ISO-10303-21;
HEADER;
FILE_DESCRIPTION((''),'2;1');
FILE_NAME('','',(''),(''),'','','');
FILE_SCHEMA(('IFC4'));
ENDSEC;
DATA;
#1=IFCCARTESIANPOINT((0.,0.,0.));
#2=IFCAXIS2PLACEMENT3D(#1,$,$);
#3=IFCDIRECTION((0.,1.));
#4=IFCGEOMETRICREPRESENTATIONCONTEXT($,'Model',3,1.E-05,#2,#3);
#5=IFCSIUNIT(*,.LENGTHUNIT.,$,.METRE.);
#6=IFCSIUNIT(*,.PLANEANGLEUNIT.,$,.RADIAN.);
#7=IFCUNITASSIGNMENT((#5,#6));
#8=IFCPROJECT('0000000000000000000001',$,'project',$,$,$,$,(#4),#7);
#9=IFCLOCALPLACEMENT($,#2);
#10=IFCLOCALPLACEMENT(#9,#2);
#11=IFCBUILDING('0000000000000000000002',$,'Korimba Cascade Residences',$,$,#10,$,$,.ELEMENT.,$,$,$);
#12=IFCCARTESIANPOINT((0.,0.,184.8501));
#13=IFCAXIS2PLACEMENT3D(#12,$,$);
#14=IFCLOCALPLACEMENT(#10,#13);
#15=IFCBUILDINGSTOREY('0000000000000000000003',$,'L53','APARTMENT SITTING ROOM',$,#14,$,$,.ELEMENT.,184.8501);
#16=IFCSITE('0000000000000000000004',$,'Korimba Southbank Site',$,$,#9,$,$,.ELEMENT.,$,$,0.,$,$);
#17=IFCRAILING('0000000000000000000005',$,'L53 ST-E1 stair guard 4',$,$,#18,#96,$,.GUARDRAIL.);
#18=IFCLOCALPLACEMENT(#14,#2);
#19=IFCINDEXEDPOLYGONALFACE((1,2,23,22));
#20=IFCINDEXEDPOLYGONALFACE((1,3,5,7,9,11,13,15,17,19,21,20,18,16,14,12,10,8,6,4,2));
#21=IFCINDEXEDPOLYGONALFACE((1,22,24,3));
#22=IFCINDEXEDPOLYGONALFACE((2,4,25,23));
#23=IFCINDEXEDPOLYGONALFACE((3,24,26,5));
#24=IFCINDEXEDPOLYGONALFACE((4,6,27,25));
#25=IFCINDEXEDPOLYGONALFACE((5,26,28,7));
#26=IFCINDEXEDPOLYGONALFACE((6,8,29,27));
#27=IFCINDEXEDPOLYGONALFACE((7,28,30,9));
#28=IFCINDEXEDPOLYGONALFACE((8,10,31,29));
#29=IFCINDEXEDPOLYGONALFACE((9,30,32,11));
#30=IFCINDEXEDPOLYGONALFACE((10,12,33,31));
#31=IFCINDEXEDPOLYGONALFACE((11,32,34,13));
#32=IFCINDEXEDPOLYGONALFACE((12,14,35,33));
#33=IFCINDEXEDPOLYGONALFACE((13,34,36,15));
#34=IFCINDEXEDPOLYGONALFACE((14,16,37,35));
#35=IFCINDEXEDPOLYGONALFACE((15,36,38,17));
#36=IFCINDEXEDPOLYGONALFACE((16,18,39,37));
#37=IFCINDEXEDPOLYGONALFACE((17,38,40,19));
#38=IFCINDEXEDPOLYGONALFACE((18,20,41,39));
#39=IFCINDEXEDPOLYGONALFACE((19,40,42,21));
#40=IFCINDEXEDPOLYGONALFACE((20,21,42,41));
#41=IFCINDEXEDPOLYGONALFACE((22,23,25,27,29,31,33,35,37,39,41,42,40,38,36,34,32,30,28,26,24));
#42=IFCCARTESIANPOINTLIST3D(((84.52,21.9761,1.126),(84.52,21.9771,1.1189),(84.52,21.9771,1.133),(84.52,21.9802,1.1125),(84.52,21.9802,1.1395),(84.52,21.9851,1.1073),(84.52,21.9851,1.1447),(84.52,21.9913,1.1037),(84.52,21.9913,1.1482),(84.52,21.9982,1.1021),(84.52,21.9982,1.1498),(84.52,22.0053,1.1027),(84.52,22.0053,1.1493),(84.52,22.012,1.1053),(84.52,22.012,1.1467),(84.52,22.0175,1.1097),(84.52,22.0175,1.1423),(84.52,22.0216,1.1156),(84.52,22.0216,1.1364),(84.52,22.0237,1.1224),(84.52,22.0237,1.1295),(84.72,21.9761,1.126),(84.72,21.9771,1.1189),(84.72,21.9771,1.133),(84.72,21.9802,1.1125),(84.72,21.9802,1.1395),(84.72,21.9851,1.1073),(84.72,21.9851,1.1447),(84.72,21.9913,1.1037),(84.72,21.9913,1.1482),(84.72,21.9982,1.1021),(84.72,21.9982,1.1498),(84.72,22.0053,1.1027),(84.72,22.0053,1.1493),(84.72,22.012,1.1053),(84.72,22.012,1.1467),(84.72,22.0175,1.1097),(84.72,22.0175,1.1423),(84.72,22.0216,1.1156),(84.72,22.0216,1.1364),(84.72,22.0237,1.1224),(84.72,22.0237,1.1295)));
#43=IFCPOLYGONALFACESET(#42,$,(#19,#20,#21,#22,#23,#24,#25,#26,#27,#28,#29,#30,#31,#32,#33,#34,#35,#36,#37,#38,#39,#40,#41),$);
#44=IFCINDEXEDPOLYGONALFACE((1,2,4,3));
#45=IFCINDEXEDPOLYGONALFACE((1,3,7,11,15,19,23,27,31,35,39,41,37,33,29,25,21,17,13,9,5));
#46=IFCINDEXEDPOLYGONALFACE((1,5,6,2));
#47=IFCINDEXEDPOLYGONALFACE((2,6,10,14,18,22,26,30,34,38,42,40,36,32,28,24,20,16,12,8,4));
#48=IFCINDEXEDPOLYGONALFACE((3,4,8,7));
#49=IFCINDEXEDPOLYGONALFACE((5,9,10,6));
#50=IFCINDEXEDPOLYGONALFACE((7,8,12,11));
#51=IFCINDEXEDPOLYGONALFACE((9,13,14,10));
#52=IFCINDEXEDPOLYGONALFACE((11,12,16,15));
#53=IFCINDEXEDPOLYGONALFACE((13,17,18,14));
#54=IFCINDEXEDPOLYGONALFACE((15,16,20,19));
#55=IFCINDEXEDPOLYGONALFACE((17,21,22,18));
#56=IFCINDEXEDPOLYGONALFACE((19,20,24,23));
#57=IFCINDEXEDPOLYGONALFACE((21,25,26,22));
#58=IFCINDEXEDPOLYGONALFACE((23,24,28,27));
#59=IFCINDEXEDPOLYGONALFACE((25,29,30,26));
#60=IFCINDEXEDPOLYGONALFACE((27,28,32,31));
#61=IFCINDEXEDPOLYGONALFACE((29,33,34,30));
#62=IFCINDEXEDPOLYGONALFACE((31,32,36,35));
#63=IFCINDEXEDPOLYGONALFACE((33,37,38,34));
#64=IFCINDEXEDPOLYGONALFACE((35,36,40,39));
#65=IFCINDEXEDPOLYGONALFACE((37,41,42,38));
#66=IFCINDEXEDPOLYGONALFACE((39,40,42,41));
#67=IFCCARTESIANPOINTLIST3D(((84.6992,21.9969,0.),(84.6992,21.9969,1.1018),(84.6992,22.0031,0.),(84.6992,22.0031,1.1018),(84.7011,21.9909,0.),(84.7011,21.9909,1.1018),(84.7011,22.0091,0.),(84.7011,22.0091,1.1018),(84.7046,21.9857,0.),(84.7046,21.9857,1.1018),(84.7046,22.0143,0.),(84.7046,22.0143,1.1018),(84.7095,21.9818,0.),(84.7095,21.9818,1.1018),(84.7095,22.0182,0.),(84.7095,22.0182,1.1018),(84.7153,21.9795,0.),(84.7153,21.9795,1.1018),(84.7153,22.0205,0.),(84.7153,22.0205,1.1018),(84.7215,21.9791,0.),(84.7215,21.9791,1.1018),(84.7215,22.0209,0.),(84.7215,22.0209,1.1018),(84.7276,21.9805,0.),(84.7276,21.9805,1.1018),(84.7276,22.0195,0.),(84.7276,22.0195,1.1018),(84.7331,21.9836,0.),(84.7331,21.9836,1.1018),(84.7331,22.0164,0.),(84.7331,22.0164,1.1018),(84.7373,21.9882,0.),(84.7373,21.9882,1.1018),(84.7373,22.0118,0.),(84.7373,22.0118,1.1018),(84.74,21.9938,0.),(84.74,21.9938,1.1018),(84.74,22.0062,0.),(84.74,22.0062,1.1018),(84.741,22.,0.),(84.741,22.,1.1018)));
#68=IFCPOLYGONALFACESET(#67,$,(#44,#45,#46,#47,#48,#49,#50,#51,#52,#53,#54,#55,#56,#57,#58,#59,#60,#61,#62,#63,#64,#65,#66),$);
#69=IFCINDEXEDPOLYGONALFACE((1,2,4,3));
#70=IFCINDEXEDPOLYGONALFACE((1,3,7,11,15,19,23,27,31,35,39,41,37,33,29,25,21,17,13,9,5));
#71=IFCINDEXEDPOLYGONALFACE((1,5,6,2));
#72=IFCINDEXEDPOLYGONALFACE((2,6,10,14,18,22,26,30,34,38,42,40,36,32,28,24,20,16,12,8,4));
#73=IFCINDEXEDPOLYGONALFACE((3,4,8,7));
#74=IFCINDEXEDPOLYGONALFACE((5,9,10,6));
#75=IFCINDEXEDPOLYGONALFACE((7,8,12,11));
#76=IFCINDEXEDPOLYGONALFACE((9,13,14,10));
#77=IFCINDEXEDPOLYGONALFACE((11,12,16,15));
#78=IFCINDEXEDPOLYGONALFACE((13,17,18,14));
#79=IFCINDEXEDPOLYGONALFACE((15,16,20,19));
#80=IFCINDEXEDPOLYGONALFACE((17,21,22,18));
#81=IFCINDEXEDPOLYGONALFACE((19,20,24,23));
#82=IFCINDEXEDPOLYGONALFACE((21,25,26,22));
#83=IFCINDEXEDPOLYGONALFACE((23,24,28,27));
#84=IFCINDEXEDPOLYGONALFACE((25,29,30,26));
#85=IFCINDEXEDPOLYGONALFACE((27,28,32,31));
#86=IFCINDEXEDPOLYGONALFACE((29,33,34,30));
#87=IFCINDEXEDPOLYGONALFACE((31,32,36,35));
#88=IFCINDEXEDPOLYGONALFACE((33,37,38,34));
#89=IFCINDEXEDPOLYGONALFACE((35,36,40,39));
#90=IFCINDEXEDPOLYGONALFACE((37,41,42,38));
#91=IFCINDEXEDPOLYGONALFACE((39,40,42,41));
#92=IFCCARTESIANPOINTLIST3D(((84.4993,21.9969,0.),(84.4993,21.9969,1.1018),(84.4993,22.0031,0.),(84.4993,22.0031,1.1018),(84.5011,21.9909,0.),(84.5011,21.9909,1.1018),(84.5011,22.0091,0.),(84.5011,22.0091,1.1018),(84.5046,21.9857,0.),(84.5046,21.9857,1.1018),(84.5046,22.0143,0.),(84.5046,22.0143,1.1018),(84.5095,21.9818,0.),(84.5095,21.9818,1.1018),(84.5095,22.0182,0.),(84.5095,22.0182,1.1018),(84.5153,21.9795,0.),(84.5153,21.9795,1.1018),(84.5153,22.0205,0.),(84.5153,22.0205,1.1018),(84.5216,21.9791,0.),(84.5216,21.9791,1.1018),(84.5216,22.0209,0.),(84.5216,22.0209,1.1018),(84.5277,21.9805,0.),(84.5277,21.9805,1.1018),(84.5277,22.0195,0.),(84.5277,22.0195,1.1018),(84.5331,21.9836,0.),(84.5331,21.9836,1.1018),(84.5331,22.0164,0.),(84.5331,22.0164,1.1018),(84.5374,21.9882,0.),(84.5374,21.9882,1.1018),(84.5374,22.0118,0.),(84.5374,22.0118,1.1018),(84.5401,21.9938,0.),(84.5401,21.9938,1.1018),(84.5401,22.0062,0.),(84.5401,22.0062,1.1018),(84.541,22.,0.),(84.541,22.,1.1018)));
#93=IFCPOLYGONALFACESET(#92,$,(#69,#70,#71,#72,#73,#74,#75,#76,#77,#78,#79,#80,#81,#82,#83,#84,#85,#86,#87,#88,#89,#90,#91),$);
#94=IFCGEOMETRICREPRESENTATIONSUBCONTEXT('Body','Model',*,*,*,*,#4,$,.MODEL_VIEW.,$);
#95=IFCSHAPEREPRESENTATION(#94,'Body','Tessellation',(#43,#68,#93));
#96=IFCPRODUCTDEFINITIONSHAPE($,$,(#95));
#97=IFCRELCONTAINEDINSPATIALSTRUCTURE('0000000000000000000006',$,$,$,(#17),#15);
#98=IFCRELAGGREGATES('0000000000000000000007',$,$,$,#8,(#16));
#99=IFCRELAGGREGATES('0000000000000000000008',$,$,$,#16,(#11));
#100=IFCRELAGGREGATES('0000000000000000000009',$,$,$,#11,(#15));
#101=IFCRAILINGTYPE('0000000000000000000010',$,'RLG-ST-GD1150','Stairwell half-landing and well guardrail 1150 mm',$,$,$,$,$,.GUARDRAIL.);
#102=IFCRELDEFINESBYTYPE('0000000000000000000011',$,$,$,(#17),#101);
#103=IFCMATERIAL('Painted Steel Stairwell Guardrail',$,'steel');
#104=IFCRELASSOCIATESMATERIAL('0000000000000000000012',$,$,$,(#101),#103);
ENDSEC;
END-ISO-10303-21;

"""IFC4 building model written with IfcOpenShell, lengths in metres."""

from ifc_helpers import new_model, si_unit, direction, frame, origin, origin_2d, place, context, subcontext, project, spatial, circle, extrude, material, type_object, element, save


model = new_model("IFC4")

# Units and contexts
model_context = context("Model", 3, precision=1e-05, world=origin(), true_north=direction((0.0, 1.0)))
body_context = subcontext(model_context, "Body", "Model", "MODEL_VIEW")
ifc_project = project(units=[si_unit("LENGTHUNIT", "METRE"), si_unit("PLANEANGLEUNIT", "RADIAN")], contexts=[model_context])

# Site, building, storey
site_placement = place(None, origin())
site = spatial("IfcSite", under=ifc_project, at=site_placement, Name="Korimba Southbank Site", CompositionType="ELEMENT", RefElevation=0.0)
building_placement = place(site_placement, origin())
building = spatial("IfcBuilding", under=site, at=building_placement, Name="Korimba Cascade Residences", CompositionType="ELEMENT")
storey_placement = place(building_placement, frame((0.0, 0.0, 184.8501)))
storey = spatial("IfcBuildingStorey", under=building, at=storey_placement, Name="L53", Description="APARTMENT SITTING ROOM", CompositionType="ELEMENT", Elevation=184.8501)

# Railing
ifc_material_1 = material(Name="Painted Steel Stairwell Guardrail", Category="steel")
railing_type_1 = type_object("IfcRailingType", Name="RLG-ST-GD1150", Description="Stairwell half-landing and well guardrail 1150 mm", PredefinedType="GUARDRAIL", material=ifc_material_1)
railing_1_placement = place(storey_placement, frame((84.72, 22.0, 0.0)))
element("IfcRailing", 1, at=railing_1_placement, inside=storey, type_object=railing_type_1, Name="L53 ST-E1 stair guard 4", PredefinedType="GUARDRAIL", context=body_context, shape_type="SweptSolid", body=[
    extrude(circle(Radius=0.0239, at=origin_2d()), frame((0.0, 0.0, 1.126), z_axis=(-1.0, 0.0, 0.0), x_axis=(0.0, -1.0, 0.0)), (0.0, 0.0, 1.0), 0.2),
    extrude(circle(Radius=0.021, at=origin_2d()), origin(), (0.0, 0.0, 1.0), 1.1018),
    extrude(circle(Radius=0.021, at=origin_2d()), frame((-0.2, 0.0, 0.0)), (0.0, 0.0, 1.0), 1.1018),
])

save(model, "model.ifc")
